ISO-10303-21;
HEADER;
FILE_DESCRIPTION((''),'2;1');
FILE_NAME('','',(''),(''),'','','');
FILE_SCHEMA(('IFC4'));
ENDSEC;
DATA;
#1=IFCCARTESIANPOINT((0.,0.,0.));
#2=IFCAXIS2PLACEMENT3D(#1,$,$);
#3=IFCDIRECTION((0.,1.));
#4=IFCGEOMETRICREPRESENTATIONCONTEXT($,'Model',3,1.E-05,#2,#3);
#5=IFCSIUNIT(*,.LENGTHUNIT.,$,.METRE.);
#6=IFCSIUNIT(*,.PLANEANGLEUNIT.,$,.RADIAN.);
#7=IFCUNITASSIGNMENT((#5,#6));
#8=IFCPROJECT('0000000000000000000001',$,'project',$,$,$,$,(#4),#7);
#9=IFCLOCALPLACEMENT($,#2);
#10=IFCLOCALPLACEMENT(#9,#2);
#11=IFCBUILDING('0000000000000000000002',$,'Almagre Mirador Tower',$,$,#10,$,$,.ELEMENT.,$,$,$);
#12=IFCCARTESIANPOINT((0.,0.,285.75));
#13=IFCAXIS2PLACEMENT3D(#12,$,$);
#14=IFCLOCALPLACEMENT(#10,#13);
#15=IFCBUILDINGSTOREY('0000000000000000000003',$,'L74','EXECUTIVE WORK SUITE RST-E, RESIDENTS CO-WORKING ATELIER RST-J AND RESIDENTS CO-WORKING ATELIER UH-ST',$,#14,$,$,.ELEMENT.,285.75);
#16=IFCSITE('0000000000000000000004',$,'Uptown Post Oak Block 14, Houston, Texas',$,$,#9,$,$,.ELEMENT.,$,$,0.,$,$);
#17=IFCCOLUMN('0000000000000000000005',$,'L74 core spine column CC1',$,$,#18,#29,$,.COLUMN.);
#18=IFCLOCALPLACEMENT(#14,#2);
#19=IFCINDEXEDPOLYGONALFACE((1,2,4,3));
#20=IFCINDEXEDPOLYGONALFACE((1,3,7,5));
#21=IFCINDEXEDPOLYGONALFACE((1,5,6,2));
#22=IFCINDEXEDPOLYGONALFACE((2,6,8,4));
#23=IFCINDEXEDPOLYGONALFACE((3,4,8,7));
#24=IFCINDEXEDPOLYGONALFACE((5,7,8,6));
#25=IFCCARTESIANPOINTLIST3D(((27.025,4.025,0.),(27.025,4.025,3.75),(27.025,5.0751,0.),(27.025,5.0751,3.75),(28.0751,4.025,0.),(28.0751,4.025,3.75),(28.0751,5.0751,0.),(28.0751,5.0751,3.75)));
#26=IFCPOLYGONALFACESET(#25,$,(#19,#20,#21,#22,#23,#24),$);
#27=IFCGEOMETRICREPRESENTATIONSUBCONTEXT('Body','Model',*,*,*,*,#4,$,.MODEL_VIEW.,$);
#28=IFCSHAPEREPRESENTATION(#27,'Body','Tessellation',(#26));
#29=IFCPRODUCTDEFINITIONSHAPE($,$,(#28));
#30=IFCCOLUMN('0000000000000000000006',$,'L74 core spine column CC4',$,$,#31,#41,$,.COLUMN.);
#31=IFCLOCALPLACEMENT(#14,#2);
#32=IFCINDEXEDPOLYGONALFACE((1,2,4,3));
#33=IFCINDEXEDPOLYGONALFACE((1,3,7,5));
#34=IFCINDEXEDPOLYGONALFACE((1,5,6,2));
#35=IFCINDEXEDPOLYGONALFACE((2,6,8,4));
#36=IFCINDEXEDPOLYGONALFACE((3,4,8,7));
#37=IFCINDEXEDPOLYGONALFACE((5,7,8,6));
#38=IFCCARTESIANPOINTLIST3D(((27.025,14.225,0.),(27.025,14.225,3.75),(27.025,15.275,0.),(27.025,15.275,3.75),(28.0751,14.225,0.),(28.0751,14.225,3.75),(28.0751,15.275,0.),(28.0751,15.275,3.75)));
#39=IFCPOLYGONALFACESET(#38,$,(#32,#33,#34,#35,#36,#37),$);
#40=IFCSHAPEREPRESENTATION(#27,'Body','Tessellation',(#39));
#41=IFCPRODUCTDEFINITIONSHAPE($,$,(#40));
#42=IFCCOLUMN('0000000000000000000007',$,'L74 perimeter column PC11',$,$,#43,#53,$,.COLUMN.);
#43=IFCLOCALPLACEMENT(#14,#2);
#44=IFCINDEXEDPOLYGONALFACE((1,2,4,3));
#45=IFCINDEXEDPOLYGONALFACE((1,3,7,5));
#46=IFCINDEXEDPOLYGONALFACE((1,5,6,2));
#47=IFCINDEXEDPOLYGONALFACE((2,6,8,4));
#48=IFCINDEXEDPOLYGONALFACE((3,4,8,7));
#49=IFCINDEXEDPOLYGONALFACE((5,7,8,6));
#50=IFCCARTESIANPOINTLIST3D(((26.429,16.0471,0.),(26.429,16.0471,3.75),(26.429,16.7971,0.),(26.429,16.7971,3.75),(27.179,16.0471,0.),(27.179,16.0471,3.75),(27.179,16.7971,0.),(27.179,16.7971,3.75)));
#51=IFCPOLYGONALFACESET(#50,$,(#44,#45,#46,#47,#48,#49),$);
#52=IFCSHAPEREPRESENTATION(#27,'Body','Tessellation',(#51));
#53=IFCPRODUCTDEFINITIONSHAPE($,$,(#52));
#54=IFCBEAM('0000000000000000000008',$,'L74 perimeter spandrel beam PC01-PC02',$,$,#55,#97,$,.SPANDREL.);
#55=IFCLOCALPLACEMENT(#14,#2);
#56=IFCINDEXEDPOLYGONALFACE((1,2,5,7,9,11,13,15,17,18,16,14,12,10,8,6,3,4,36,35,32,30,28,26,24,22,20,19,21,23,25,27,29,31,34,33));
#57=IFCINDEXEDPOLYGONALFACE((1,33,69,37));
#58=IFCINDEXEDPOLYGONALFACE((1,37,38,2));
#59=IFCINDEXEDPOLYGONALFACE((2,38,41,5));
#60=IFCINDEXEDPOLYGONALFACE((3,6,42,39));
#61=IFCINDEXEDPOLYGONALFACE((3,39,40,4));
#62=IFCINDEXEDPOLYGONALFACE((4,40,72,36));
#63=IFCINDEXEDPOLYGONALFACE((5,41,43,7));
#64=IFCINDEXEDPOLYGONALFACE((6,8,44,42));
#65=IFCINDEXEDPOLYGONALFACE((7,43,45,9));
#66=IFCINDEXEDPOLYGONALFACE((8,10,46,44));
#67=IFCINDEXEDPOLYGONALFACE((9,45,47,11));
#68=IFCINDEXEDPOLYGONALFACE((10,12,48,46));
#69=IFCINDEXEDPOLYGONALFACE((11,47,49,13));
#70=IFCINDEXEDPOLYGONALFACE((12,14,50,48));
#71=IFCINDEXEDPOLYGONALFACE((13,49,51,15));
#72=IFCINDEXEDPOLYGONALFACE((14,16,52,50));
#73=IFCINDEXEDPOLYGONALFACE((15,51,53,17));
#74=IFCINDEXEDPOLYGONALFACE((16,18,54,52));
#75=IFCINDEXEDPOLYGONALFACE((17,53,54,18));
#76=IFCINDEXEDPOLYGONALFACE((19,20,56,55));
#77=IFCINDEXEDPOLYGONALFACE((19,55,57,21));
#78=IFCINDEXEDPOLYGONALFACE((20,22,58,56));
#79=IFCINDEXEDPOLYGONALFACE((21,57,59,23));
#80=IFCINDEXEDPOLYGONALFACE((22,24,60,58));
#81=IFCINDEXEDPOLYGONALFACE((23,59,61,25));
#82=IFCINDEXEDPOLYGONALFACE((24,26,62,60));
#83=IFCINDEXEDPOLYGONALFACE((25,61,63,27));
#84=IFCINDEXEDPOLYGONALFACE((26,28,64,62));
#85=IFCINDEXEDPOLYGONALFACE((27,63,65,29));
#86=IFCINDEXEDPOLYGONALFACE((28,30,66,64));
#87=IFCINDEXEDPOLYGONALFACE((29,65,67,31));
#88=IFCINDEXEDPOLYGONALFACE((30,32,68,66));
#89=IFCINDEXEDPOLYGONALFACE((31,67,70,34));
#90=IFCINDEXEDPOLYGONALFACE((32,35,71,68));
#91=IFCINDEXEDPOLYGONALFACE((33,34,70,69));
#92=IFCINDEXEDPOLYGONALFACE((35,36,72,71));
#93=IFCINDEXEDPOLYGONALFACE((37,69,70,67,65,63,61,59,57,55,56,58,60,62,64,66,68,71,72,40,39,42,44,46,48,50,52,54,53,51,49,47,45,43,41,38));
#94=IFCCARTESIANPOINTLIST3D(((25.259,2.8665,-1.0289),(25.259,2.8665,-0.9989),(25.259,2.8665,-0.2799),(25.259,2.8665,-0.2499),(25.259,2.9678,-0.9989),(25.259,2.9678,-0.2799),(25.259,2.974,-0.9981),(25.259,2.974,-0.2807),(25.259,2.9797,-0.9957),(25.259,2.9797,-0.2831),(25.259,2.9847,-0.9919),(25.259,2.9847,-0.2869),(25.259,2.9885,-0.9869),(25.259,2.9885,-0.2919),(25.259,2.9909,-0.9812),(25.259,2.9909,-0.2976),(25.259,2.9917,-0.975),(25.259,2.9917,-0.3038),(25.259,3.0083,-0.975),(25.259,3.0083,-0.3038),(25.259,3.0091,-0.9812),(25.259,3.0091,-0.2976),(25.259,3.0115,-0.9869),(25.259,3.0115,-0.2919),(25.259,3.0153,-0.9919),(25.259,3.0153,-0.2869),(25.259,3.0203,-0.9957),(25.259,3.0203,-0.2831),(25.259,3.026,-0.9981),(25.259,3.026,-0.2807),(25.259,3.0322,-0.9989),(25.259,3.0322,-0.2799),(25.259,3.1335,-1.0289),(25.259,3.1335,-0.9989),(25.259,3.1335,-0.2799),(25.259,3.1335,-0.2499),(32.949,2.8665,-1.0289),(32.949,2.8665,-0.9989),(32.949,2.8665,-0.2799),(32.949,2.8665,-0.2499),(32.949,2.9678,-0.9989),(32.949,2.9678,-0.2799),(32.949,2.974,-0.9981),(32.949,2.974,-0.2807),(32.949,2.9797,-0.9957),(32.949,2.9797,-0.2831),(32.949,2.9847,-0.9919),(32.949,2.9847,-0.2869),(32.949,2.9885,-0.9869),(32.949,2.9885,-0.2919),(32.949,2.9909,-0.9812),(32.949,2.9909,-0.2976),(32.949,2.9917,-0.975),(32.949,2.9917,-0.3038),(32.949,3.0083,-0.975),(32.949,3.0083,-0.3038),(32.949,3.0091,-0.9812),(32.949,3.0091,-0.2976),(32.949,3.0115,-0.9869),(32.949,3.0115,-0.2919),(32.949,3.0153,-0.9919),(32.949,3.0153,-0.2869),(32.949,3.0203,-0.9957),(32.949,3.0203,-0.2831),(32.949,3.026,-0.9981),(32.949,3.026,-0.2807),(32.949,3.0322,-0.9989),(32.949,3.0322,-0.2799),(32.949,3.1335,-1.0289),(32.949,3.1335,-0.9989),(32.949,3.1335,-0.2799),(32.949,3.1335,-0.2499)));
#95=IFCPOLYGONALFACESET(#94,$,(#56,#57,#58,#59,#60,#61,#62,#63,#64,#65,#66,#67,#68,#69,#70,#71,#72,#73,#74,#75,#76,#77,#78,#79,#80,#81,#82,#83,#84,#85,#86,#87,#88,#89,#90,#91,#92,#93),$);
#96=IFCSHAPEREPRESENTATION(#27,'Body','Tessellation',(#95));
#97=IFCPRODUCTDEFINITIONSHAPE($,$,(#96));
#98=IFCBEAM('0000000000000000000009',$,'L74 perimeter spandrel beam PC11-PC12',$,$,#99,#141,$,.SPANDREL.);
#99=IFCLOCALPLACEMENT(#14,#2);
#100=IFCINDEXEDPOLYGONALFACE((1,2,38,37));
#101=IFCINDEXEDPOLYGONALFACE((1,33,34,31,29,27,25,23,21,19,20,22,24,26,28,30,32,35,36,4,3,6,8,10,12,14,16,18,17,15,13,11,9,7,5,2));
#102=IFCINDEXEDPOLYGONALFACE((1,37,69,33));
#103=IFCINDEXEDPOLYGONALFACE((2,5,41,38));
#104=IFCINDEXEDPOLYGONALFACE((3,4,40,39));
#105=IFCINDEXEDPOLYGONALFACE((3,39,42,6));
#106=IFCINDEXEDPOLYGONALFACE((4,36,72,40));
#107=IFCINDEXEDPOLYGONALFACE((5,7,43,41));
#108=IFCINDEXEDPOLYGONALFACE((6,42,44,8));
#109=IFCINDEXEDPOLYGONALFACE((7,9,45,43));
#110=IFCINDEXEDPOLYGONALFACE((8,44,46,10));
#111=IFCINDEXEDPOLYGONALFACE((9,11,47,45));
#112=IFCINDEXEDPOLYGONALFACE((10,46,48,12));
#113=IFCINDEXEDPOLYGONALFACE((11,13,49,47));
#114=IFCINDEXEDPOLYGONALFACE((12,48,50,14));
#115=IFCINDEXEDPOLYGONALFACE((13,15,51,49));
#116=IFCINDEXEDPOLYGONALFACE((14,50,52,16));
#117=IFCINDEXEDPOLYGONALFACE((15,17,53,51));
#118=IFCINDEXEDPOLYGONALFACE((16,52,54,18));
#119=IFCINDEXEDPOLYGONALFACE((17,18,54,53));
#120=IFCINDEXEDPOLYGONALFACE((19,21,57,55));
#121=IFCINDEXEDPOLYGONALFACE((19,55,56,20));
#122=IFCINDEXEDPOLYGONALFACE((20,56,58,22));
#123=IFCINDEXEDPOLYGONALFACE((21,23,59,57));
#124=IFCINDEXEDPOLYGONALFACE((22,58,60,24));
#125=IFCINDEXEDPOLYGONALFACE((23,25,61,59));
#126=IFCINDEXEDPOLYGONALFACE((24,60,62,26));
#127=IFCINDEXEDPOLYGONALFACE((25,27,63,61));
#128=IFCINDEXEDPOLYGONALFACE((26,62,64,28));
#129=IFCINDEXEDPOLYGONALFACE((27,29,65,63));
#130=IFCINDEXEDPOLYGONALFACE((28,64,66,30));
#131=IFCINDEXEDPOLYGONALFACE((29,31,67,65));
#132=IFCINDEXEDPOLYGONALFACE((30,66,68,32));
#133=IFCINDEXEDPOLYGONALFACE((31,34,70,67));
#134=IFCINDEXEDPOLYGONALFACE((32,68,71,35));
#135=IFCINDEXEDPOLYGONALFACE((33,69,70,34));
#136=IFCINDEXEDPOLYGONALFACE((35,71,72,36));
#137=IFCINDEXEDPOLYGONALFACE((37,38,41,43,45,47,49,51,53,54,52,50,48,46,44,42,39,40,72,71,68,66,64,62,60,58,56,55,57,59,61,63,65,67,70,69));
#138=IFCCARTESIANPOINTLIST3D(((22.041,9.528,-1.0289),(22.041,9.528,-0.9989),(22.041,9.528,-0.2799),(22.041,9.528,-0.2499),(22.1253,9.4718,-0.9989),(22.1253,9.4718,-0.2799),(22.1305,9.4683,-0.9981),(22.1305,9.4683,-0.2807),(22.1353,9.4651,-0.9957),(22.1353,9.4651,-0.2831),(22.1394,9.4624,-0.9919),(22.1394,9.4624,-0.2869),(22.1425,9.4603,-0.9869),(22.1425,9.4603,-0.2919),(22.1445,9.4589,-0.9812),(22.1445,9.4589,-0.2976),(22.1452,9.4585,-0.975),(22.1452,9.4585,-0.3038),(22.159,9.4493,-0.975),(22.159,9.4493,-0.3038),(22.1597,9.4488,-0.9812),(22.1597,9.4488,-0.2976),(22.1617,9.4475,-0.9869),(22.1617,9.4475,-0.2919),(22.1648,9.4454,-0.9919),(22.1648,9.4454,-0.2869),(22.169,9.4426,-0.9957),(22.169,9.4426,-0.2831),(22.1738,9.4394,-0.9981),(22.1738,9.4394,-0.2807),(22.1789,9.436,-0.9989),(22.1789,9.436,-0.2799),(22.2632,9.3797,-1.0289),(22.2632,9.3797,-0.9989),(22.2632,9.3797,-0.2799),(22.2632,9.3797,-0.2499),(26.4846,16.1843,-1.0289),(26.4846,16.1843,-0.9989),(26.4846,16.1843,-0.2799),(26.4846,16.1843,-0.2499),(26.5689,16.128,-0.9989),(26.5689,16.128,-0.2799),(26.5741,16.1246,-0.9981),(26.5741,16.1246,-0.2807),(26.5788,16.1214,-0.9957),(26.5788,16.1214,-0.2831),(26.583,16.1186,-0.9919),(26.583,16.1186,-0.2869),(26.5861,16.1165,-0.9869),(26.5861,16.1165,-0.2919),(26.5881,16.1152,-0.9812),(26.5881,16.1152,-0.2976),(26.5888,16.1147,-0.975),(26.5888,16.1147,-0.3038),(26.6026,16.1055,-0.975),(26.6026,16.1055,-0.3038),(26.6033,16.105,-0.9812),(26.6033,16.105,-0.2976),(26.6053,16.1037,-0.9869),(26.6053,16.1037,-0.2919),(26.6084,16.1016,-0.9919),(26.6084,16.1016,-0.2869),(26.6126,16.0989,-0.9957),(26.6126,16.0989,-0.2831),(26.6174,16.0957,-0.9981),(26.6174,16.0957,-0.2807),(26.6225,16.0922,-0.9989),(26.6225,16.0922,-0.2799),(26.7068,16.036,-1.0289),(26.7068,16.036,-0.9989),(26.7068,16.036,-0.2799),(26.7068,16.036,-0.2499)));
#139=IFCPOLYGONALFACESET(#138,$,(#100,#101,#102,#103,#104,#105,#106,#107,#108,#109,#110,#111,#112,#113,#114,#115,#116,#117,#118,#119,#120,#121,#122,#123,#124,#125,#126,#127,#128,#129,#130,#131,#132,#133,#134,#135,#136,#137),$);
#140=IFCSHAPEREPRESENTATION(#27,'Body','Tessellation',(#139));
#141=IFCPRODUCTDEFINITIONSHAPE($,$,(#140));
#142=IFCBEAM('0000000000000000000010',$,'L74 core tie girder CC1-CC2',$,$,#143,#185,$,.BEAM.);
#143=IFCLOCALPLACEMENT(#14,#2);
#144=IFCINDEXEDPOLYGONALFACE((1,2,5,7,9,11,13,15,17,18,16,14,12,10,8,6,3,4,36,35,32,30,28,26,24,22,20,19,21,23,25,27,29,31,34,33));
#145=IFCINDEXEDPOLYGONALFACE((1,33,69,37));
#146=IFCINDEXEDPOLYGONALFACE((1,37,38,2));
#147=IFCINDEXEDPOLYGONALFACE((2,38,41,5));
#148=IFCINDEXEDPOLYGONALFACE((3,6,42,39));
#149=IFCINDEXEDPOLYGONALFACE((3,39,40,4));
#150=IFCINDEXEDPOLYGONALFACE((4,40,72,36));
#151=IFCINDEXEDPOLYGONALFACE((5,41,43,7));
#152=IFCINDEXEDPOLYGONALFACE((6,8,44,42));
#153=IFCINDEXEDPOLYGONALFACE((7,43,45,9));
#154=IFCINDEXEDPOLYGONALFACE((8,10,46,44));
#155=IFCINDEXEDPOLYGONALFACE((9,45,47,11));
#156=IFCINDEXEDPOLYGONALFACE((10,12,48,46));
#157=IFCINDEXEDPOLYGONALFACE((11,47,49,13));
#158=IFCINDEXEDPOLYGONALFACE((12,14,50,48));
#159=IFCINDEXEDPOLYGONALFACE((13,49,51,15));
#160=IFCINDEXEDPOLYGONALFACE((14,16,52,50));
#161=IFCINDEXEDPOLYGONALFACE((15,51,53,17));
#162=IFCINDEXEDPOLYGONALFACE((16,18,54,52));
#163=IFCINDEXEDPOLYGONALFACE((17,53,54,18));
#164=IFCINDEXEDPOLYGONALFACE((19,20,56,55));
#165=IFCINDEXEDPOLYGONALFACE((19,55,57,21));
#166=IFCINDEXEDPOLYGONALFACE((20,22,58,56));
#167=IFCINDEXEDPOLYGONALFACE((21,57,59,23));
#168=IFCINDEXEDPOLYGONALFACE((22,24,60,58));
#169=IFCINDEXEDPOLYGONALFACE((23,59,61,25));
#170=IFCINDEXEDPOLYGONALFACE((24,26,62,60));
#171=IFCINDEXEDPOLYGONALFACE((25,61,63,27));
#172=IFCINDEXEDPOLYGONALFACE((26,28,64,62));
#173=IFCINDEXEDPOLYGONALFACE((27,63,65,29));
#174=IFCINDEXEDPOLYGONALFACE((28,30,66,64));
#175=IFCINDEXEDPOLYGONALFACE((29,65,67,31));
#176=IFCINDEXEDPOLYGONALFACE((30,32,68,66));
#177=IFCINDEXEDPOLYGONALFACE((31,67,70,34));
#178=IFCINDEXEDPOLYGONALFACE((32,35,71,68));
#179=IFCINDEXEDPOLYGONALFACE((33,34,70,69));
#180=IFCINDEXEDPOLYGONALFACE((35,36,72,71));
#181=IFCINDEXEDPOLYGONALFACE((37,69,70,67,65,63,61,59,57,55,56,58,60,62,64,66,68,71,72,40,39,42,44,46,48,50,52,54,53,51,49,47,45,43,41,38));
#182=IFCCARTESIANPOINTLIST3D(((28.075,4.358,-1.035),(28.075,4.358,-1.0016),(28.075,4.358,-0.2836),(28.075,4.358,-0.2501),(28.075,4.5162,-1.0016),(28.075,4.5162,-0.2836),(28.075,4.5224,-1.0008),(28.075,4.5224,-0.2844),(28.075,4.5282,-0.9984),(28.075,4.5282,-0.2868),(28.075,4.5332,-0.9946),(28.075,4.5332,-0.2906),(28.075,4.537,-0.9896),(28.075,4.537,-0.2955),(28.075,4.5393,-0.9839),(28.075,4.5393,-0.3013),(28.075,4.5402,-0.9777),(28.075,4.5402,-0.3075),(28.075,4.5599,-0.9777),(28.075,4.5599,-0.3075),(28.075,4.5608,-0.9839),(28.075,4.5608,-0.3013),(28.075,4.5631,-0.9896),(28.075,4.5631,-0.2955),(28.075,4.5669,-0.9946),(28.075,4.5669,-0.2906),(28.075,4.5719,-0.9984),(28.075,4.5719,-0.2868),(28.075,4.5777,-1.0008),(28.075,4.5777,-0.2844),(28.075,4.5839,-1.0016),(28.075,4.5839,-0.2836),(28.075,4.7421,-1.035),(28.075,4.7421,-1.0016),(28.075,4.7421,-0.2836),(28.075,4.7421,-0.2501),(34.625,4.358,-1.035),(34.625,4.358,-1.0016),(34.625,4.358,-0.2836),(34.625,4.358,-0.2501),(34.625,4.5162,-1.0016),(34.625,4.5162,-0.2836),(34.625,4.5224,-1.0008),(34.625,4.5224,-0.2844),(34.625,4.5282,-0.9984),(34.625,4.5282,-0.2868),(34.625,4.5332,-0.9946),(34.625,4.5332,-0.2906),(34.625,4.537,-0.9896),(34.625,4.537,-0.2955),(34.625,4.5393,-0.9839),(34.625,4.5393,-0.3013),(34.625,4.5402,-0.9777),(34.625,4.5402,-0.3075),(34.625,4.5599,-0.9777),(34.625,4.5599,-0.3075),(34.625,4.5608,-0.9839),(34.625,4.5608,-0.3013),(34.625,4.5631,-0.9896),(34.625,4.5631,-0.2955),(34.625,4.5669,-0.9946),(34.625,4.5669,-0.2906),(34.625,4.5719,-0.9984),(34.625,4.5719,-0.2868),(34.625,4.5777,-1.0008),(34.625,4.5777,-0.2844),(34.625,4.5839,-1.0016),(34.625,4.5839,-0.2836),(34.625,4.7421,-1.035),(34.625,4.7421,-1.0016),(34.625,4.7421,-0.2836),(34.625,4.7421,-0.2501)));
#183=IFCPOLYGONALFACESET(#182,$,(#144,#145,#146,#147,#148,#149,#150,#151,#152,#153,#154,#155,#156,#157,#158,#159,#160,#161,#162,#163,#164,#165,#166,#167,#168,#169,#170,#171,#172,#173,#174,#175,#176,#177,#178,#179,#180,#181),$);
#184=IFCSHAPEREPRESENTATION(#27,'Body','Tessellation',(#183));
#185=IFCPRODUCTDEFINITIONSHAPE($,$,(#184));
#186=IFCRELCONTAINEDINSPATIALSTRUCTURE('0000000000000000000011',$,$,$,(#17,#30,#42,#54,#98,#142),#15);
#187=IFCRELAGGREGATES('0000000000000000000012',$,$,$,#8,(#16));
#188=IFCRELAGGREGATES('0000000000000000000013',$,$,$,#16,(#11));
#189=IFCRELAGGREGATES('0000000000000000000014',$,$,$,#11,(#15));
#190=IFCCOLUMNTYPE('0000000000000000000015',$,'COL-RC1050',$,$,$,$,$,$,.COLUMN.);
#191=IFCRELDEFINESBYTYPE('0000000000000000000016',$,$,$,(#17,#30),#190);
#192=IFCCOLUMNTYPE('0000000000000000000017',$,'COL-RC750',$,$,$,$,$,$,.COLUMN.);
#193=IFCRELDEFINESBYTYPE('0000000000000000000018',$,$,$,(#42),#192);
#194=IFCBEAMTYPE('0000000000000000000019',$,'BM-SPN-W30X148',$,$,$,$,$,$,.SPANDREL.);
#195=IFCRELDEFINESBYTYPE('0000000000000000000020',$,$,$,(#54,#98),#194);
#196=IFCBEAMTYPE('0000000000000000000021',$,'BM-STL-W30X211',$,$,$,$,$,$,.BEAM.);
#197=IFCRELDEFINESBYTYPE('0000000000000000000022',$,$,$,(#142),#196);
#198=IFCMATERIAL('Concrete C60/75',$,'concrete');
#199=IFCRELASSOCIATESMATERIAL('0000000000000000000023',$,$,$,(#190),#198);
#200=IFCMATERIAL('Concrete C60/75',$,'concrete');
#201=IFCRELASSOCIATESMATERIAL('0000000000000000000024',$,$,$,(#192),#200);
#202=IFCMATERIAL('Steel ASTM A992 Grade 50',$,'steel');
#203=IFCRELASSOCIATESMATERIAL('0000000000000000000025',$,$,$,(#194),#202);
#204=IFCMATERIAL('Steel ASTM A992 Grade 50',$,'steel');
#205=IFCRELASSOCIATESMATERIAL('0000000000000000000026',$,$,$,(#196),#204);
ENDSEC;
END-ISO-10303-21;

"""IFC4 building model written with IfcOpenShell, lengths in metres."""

from ifc_helpers import new_model, si_unit, direction, frame, origin, origin_2d, place, context, subcontext, project, spatial, rectangle, i_section, extrude, material, material_profile, profile_set, type_object, element, save


model = new_model("IFC4")

# Units and contexts
model_context = context("Model", 3, precision=1e-05, world=origin(), true_north=direction((0.0, 1.0)))
body_context = subcontext(model_context, "Body", "Model", "MODEL_VIEW")
ifc_project = project(units=[si_unit("LENGTHUNIT", "METRE"), si_unit("PLANEANGLEUNIT", "RADIAN")], contexts=[model_context])

# Site, building, storey
site_placement = place(None, origin())
site = spatial("IfcSite", under=ifc_project, at=site_placement, Name="Uptown Post Oak Block 14, Houston, Texas", CompositionType="ELEMENT", RefElevation=0.0)
building_placement = place(site_placement, origin())
building = spatial("IfcBuilding", under=site, at=building_placement, Name="Almagre Mirador Tower", CompositionType="ELEMENT")
storey_placement = place(building_placement, frame((0.0, 0.0, 285.75)))
storey = spatial("IfcBuildingStorey", under=building, at=storey_placement, Name="L74", Description="EXECUTIVE WORK SUITE RST-E, RESIDENTS CO-WORKING ATELIER RST-J AND RESIDENTS CO-WORKING ATELIER UH-ST", CompositionType="ELEMENT", Elevation=285.75)

# Columns
ifc_material_1 = material(Name="Concrete C60/75", Category="concrete")
ifc_material_profile_1 = material_profile(ifc_material_1, rectangle(XDim=1.05, YDim=1.05, at=origin_2d()), Name="RC1050X1050")
ifc_profile_set_1 = profile_set([ifc_material_profile_1], Name="Concrete C60/75")
column_type_1 = type_object("IfcColumnType", Name="COL-RC1050", PredefinedType="COLUMN", material=ifc_profile_set_1)
for number, where, z_axis, x_axis, name in (
    (1, (27.55, 4.55, 0.0), (0.0, 0.0, 1.0), (1.0, 0.0, 0.0), "L74 core spine column CC1"),
    (2, (27.55, 14.75, 0.0), (0.0, 0.0, 1.0), (1.0, 0.0, 0.0), "L74 core spine column CC4"),
):
    element("IfcColumn", number, at=place(storey_placement, frame(where, z_axis=z_axis, x_axis=x_axis)), inside=storey, type_object=column_type_1, Name=name, PredefinedType="COLUMN", context=body_context, shape_type="SweptSolid", body=[
        extrude(rectangle(XDim=1.05, YDim=1.05, at=origin_2d()), origin(), (0.0, 0.0, 1.0), 3.75),
    ])
ifc_material_2 = material(Name="Concrete C60/75", Category="concrete")
ifc_material_profile_2 = material_profile(ifc_material_2, rectangle(XDim=0.75, YDim=0.75, at=origin_2d()), Name="RC750X750")
ifc_profile_set_2 = profile_set([ifc_material_profile_2], Name="Concrete C60/75")
column_type_2 = type_object("IfcColumnType", Name="COL-RC750", PredefinedType="COLUMN", material=ifc_profile_set_2)
column_placement = place(storey_placement, frame((26.804, 16.4221, 0.0), z_axis=(0.0, 0.0, 1.0), x_axis=(1.0, 0.0, 0.0)))
element("IfcColumn", 3, at=column_placement, inside=storey, type_object=column_type_2, Name="L74 perimeter column PC11", PredefinedType="COLUMN", context=body_context, shape_type="SweptSolid", body=[
    extrude(rectangle(XDim=0.75, YDim=0.75, at=origin_2d()), origin(), (0.0, 0.0, 1.0), 3.75),
])

# Beams
ifc_material_3 = material(Name="Steel ASTM A992 Grade 50", Category="steel")
ifc_material_profile_3 = material_profile(ifc_material_3, i_section(OverallWidth=0.2671, OverallDepth=0.7791, WebThickness=0.0166, FlangeThickness=0.03, FilletRadius=0.0239, at=origin_2d()), Name="W30X148")
ifc_profile_set_3 = profile_set([ifc_material_profile_3], Name="Steel ASTM A992 Grade 50")
beam_type_1 = type_object("IfcBeamType", Name="BM-SPN-W30X148", PredefinedType="SPANDREL", material=ifc_profile_set_3)
beam_1_placement = place(storey_placement, frame((25.259, 3.0, -0.6394), z_axis=(1.0, 0.0, 0.0), x_axis=(0.0, 1.0, 0.0)))
element("IfcBeam", 4, at=beam_1_placement, inside=storey, type_object=beam_type_1, Name="L74 perimeter spandrel beam PC01-PC02", PredefinedType="SPANDREL", context=body_context, shape_type="SweptSolid", body=[
    extrude(i_section(OverallWidth=0.2671, OverallDepth=0.7791, WebThickness=0.0166, FlangeThickness=0.03, FilletRadius=0.0239, at=origin_2d()), origin(), (0.0, 0.0, 1.0), 7.6899),
])
beam_2_placement = place(storey_placement, frame((26.5957, 16.1101, -0.6394), z_axis=(-0.555228, -0.831698, 0.0), x_axis=(0.831698, -0.555228, 0.0)))
element("IfcBeam", 5, at=beam_2_placement, inside=storey, type_object=beam_type_1, Name="L74 perimeter spandrel beam PC11-PC12", PredefinedType="SPANDREL", context=body_context, shape_type="SweptSolid", body=[
    extrude(i_section(OverallWidth=0.2671, OverallDepth=0.7791, WebThickness=0.0166, FlangeThickness=0.03, FilletRadius=0.0239, at=origin_2d()), origin(), (0.0, 0.0, 1.0), 8.0032),
])
ifc_material_4 = material(Name="Steel ASTM A992 Grade 50", Category="steel")
ifc_material_profile_4 = material_profile(ifc_material_4, i_section(OverallWidth=0.384, OverallDepth=0.7849, WebThickness=0.0198, FlangeThickness=0.0334, FilletRadius=0.0239, at=origin_2d()), Name="W30X211")
ifc_profile_set_4 = profile_set([ifc_material_profile_4], Name="Steel ASTM A992 Grade 50")
beam_type_2 = type_object("IfcBeamType", Name="BM-STL-W30X211", PredefinedType="BEAM", material=ifc_profile_set_4)
for number, where, z_axis, x_axis, name in (
    (6, (28.075, 4.55, -0.6426), (1.0, 0.0, 0.0), (0.0, 1.0, 0.0), "L74 core tie girder CC1-CC2"),
):
    element("IfcBeam", number, at=place(storey_placement, frame(where, z_axis=z_axis, x_axis=x_axis)), inside=storey, type_object=beam_type_2, Name=name, PredefinedType="BEAM", context=body_context, shape_type="SweptSolid", body=[
        extrude(i_section(OverallWidth=0.384, OverallDepth=0.7849, WebThickness=0.0198, FlangeThickness=0.0334, FilletRadius=0.0239, at=origin_2d()), origin(), (0.0, 0.0, 1.0), 6.55),
    ])

save(model, "model.ifc")
